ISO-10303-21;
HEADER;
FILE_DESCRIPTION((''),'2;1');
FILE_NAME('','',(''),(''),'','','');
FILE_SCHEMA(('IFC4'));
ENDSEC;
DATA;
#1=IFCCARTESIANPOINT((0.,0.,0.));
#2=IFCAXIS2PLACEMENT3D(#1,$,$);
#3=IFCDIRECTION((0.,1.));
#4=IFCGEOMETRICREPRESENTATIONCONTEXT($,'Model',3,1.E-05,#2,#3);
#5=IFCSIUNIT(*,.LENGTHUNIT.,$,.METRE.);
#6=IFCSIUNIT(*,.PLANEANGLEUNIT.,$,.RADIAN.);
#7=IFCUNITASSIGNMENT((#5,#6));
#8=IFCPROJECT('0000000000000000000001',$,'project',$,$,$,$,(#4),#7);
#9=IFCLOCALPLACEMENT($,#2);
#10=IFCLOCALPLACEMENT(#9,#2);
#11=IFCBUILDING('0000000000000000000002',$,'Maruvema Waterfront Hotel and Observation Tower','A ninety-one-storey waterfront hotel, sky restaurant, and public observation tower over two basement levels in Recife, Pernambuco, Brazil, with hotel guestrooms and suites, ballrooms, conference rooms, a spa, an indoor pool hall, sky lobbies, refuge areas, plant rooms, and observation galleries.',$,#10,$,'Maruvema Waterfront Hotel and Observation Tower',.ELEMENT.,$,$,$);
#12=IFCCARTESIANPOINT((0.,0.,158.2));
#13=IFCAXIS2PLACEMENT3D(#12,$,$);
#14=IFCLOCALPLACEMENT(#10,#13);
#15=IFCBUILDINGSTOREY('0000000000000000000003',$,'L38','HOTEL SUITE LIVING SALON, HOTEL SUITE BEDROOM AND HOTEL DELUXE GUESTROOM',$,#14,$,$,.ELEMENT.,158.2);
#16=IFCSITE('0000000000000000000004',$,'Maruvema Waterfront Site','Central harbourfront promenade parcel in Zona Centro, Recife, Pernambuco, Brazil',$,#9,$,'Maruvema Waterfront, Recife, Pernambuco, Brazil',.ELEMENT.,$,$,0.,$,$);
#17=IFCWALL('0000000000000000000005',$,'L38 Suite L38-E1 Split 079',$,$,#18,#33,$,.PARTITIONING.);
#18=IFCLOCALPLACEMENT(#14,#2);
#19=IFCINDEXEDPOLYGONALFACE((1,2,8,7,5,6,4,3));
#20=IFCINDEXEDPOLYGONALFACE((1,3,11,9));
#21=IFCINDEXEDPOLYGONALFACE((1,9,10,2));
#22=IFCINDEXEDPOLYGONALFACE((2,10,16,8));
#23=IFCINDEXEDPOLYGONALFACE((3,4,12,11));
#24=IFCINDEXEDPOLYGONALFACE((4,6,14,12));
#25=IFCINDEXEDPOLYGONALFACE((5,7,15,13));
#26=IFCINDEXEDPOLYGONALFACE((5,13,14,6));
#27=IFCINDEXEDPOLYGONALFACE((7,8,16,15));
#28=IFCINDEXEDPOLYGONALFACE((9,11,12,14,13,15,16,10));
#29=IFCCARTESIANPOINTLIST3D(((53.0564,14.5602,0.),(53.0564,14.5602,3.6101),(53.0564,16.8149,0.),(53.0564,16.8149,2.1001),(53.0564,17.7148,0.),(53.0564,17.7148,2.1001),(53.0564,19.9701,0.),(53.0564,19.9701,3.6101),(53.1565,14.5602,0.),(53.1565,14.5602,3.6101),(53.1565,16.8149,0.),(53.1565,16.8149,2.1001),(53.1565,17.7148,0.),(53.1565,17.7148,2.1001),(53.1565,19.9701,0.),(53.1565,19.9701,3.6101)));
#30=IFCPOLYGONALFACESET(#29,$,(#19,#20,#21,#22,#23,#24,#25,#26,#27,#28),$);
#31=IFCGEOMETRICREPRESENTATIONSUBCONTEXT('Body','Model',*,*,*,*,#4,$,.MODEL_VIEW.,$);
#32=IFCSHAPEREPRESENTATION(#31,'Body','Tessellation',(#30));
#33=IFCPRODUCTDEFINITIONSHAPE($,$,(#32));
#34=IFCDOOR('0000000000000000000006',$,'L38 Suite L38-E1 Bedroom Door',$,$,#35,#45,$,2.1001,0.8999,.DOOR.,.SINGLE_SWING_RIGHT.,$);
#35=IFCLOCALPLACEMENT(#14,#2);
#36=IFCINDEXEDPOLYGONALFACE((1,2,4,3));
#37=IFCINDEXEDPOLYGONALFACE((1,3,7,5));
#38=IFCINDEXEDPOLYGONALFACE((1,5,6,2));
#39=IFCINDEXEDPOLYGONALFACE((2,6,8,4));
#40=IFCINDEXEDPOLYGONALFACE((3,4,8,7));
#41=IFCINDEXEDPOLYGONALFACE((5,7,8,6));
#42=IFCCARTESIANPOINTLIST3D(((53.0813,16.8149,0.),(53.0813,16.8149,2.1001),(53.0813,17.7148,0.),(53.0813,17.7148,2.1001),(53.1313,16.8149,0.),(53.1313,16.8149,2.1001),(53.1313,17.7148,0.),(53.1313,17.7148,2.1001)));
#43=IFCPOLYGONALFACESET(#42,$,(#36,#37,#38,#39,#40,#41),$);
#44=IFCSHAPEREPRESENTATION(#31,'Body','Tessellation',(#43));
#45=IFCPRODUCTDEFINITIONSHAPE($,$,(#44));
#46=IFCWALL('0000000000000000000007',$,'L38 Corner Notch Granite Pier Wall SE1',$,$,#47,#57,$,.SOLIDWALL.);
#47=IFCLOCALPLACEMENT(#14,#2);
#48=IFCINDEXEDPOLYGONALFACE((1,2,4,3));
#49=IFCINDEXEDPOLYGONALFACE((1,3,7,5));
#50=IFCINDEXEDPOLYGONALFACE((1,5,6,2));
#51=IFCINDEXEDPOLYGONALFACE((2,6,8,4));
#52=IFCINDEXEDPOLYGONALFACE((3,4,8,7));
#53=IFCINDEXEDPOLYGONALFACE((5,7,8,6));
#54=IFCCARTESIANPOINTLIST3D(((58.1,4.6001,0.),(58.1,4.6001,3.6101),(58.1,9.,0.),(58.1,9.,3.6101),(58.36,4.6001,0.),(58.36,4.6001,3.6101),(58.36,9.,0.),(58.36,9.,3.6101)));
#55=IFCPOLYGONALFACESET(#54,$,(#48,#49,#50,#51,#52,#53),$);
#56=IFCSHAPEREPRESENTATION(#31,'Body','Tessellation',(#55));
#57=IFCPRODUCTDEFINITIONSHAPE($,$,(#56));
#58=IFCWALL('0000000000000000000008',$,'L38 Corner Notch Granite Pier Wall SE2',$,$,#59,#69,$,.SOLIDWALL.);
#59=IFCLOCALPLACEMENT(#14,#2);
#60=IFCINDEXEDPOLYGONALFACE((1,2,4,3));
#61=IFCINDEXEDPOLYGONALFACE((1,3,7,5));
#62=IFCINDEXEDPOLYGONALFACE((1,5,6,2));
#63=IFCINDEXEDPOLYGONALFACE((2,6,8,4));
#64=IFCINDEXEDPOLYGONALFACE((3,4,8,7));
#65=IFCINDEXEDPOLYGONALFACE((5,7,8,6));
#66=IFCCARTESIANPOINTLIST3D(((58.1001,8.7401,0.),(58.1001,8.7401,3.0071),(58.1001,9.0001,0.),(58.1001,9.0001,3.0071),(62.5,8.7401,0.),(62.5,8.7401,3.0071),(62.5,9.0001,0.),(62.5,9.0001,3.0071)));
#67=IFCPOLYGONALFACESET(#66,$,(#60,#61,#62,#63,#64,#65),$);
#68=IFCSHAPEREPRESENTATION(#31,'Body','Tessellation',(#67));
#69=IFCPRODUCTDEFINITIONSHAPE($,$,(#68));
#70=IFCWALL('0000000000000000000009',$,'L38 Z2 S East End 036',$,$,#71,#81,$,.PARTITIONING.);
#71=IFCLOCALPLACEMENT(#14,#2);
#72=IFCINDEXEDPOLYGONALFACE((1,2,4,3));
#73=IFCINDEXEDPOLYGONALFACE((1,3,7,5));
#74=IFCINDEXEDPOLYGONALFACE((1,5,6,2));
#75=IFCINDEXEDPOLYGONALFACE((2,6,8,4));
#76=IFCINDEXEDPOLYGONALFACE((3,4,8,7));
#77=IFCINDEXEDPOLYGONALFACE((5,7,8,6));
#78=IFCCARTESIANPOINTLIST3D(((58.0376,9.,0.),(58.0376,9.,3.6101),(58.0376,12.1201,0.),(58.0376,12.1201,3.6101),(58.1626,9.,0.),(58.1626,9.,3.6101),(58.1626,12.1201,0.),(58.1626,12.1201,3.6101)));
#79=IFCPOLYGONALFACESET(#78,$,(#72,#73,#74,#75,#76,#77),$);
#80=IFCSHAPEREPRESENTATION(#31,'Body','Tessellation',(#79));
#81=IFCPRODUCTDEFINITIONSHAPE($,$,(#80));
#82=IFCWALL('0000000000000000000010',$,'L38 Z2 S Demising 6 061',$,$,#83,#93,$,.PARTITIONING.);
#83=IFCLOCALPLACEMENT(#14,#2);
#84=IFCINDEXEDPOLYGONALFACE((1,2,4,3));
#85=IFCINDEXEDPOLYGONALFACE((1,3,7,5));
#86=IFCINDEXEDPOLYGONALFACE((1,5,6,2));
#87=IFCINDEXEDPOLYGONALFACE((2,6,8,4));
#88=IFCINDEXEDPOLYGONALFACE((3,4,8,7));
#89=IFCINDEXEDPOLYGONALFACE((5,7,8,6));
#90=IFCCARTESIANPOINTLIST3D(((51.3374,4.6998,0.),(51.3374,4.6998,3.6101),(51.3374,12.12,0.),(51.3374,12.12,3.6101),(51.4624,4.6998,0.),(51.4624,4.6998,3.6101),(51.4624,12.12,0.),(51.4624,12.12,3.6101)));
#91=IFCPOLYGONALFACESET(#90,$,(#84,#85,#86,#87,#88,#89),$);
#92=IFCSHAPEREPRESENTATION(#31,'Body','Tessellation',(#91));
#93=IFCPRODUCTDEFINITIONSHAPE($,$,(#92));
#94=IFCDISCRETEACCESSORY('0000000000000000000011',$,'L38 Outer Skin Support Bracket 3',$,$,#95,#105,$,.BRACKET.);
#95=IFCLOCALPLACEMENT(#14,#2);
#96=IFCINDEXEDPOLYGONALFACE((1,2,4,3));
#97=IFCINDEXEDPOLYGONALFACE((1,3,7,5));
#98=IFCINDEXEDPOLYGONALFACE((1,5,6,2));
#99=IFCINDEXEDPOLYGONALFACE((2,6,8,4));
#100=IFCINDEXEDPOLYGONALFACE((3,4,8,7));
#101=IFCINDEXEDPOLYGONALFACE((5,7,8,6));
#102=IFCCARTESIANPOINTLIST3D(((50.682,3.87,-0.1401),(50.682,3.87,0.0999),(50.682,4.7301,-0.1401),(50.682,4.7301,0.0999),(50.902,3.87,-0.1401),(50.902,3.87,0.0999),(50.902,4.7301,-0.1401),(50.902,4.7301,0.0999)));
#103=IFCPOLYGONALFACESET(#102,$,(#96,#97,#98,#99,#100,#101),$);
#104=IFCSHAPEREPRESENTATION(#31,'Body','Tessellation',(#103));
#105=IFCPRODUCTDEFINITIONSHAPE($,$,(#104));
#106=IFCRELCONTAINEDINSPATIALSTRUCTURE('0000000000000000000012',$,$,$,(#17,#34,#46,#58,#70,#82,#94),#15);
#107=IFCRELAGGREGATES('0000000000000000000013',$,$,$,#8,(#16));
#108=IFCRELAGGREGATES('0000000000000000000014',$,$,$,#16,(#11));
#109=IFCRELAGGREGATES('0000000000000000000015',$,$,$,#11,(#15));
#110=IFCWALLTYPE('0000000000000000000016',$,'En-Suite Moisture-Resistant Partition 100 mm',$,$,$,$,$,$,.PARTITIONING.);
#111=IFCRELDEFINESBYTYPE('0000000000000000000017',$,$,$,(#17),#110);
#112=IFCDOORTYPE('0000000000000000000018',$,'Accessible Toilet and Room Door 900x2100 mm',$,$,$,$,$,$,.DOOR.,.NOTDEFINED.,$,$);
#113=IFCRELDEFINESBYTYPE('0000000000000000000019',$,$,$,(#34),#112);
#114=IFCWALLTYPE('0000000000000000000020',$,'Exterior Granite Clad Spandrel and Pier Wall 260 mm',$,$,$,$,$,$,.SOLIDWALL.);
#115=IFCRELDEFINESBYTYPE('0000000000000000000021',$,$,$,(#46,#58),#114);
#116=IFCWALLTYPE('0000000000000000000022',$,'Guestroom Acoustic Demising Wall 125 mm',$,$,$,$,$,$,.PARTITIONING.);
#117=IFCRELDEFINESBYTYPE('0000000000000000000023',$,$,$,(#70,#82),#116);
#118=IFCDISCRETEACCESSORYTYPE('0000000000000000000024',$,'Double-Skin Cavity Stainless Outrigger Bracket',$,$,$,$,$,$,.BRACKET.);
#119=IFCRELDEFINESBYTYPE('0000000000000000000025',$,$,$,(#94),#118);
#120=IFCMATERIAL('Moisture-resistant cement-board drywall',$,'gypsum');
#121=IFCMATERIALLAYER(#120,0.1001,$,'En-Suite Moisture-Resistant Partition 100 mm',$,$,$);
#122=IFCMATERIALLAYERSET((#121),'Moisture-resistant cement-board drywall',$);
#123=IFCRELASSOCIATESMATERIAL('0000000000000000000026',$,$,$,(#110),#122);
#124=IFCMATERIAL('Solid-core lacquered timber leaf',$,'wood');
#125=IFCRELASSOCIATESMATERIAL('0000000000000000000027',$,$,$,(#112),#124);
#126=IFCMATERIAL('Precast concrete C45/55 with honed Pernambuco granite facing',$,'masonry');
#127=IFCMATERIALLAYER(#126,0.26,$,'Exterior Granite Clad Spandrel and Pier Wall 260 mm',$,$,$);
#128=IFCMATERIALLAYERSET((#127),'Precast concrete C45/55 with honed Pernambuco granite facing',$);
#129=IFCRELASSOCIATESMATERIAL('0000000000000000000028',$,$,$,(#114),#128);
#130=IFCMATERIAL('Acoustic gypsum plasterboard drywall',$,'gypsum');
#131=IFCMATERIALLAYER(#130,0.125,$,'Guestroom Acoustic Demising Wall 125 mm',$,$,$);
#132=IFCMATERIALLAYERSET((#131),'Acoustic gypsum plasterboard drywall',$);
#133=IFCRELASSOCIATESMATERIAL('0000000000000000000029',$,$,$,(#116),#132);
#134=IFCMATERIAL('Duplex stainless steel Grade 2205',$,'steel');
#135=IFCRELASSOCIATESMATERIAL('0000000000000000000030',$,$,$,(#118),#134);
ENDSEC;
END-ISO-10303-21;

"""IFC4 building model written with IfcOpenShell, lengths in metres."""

from ifc_helpers import new_model, si_unit, direction, frame, frame_2d, origin, origin_2d, place, context, subcontext, project, spatial, rectangle, extrude, material, layer, layer_set, type_object, element, fill, save


model = new_model("IFC4")

# Units and contexts
model_context = context("Model", 3, precision=1e-05, world=origin(), true_north=direction((0.0, 1.0)))
body_context = subcontext(model_context, "Body", "Model", "MODEL_VIEW")
ifc_project = project(units=[si_unit("LENGTHUNIT", "METRE"), si_unit("PLANEANGLEUNIT", "RADIAN")], contexts=[model_context])

# Site, building, storey
site_placement = place(None, origin())
site = spatial("IfcSite", under=ifc_project, at=site_placement, Name="Maruvema Waterfront Site", Description="Central harbourfront promenade parcel in Zona Centro, Recife, Pernambuco, Brazil", LongName="Maruvema Waterfront, Recife, Pernambuco, Brazil", CompositionType="ELEMENT", RefElevation=0.0)
building_placement = place(site_placement, origin())
building = spatial("IfcBuilding", under=site, at=building_placement, Name="Maruvema Waterfront Hotel and Observation Tower", Description="A ninety-one-storey waterfront hotel, sky restaurant, and public observation tower over two basement levels in Recife, Pernambuco, Brazil, with hotel guestrooms and suites, ballrooms, conference rooms, a spa, an indoor pool hall, sky lobbies, refuge areas, plant rooms, and observation galleries.", LongName="Maruvema Waterfront Hotel and Observation Tower", CompositionType="ELEMENT")
storey_placement = place(building_placement, frame((0.0, 0.0, 158.2)))
storey = spatial("IfcBuildingStorey", under=building, at=storey_placement, Name="L38", Description="HOTEL SUITE LIVING SALON, HOTEL SUITE BEDROOM AND HOTEL DELUXE GUESTROOM", CompositionType="ELEMENT", Elevation=158.2)

# Shared definitions
ifc_material_1 = material(Name="Moisture-resistant cement-board drywall", Category="gypsum")
ifc_layer_1 = layer(ifc_material_1, 0.1001, Name="En-Suite Moisture-Resistant Partition 100 mm")
ifc_layer_set_1 = layer_set([ifc_layer_1], Name="Moisture-resistant cement-board drywall")
wall_type_1 = type_object("IfcWallType", Name="En-Suite Moisture-Resistant Partition 100 mm", PredefinedType="PARTITIONING", material=ifc_layer_set_1)

# Wall, opening, door
wall_1_placement = place(storey_placement, frame((53.1064, 14.5601, 0.0), z_axis=(0.0, 0.0, 1.0), x_axis=(0.0, 1.0, 0.0)))
wall_1 = element("IfcWall", 1, at=wall_1_placement, inside=storey, type_object=wall_type_1, Name="L38 Suite L38-E1 Split 079", PredefinedType="PARTITIONING", context=body_context, shape_type="SweptSolid", body=[
    extrude(rectangle(XDim=5.4099, YDim=0.1001, at=frame_2d((2.7051, 0.0))), origin(), (0.0, 0.0, 1.0), 3.6101),
])
opening_1_placement = place(wall_1_placement, frame((2.2549, 0.0, 0.0)))
opening_1 = element("IfcOpeningElement", 2, at=opening_1_placement, cuts=wall_1, PredefinedType="OPENING", context=body_context, shape_type="SweptSolid", body=[
    extrude(rectangle(XDim=0.8999, YDim=2.1001, at=frame_2d((0.45, 1.05))), frame((0.0, 0.0601, 0.0), z_axis=(0.0, -1.0, 0.0), x_axis=(1.0, 0.0, 0.0)), (0.0, 0.0, 1.0), 0.1201),
])
ifc_material_2 = material(Name="Solid-core lacquered timber leaf", Category="wood")
door_type_1 = type_object("IfcDoorType", Name="Accessible Toilet and Room Door 900x2100 mm", OperationType="NOTDEFINED", PredefinedType="DOOR", material=ifc_material_2)
door_1_placement = place(opening_1_placement, frame((0.8999, 0.0, 0.0), z_axis=(0.0, 0.0, 1.0), x_axis=(-1.0, 0.0, 0.0)))
door_1 = element("IfcDoor", 3, at=door_1_placement, inside=storey, type_object=door_type_1, Name="L38 Suite L38-E1 Bedroom Door", OperationType="SINGLE_SWING_RIGHT", OverallHeight=2.1001, OverallWidth=0.8999, PredefinedType="DOOR", context=body_context, shape_type="SweptSolid", body=[
    extrude(rectangle(XDim=0.8999, YDim=2.1001, at=frame_2d((0.45, 1.05))), frame((0.0, 0.0249, 0.0), z_axis=(0.0, -1.0, 0.0), x_axis=(1.0, 0.0, 0.0)), (0.0, 0.0, 1.0), 0.05),
])
fill(opening_1, door_1)

# Walls
ifc_material_3 = material(Name="Precast concrete C45/55 with honed Pernambuco granite facing", Category="masonry")
ifc_layer_2 = layer(ifc_material_3, 0.26, Name="Exterior Granite Clad Spandrel and Pier Wall 260 mm")
ifc_layer_set_2 = layer_set([ifc_layer_2], Name="Precast concrete C45/55 with honed Pernambuco granite facing")
wall_type_2 = type_object("IfcWallType", Name="Exterior Granite Clad Spandrel and Pier Wall 260 mm", PredefinedType="SOLIDWALL", material=ifc_layer_set_2)
wall_2_placement = place(storey_placement, frame((58.23, 9.0, 0.0), z_axis=(0.0, 0.0, 1.0), x_axis=(0.0, -1.0, 0.0)))
element("IfcWall", 4, at=wall_2_placement, inside=storey, type_object=wall_type_2, Name="L38 Corner Notch Granite Pier Wall SE1", PredefinedType="SOLIDWALL", context=body_context, shape_type="SweptSolid", body=[
    extrude(rectangle(XDim=4.3999, YDim=0.26, at=frame_2d((2.2, 0.0))), origin(), (0.0, 0.0, 1.0), 3.6101),
])
wall_3_placement = place(storey_placement, frame((62.5, 8.8701, 0.0), z_axis=(0.0, 0.0, 1.0), x_axis=(-1.0, 0.0, 0.0)))
element("IfcWall", 5, at=wall_3_placement, inside=storey, type_object=wall_type_2, Name="L38 Corner Notch Granite Pier Wall SE2", PredefinedType="SOLIDWALL", context=body_context, shape_type="SweptSolid", body=[
    extrude(rectangle(XDim=4.3999, YDim=0.26, at=frame_2d((2.2, 0.0))), origin(), (0.0, 0.0, 1.0), 3.0071),
])
ifc_material_4 = material(Name="Acoustic gypsum plasterboard drywall", Category="gypsum")
ifc_layer_3 = layer(ifc_material_4, 0.125, Name="Guestroom Acoustic Demising Wall 125 mm")
ifc_layer_set_3 = layer_set([ifc_layer_3], Name="Acoustic gypsum plasterboard drywall")
wall_type_3 = type_object("IfcWallType", Name="Guestroom Acoustic Demising Wall 125 mm", PredefinedType="PARTITIONING", material=ifc_layer_set_3)
wall_4_placement = place(storey_placement, frame((58.1001, 9.0, 0.0), z_axis=(0.0, 0.0, 1.0), x_axis=(0.0, 1.0, 0.0)))
element("IfcWall", 6, at=wall_4_placement, inside=storey, type_object=wall_type_3, Name="L38 Z2 S East End 036", PredefinedType="PARTITIONING", context=body_context, shape_type="SweptSolid", body=[
    extrude(rectangle(XDim=3.1201, YDim=0.125, at=frame_2d((1.5601, 0.0))), origin(), (0.0, 0.0, 1.0), 3.6101),
])
wall_5_placement = place(storey_placement, frame((51.3999, 4.7, 0.0), z_axis=(0.0, 0.0, 1.0), x_axis=(0.0, 1.0, 0.0)))
element("IfcWall", 7, at=wall_5_placement, inside=storey, type_object=wall_type_3, Name="L38 Z2 S Demising 6 061", PredefinedType="PARTITIONING", context=body_context, shape_type="SweptSolid", body=[
    extrude(rectangle(XDim=7.4202, YDim=0.125, at=frame_2d((3.71, 0.0))), origin(), (0.0, 0.0, 1.0), 3.6101),
])

# Discrete accessory
ifc_material_5 = material(Name="Duplex stainless steel Grade 2205", Category="steel")
discrete_accessory_type = type_object("IfcDiscreteAccessoryType", Name="Double-Skin Cavity Stainless Outrigger Bracket", PredefinedType="BRACKET", material=ifc_material_5)
discrete_accessory_placement = place(storey_placement, frame((50.792, 4.3, -0.1401), z_axis=(0.0, 0.0, 1.0), x_axis=(1.0, 0.0, 0.0)))
element("IfcDiscreteAccessory", 8, at=discrete_accessory_placement, inside=storey, type_object=discrete_accessory_type, Name="L38 Outer Skin Support Bracket 3", PredefinedType="BRACKET", context=body_context, shape_type="SweptSolid", body=[
    extrude(rectangle(XDim=0.22, YDim=0.8601, at=origin_2d()), origin(), (0.0, 0.0, 1.0), 0.24),
])

save(model, "model.ifc")
